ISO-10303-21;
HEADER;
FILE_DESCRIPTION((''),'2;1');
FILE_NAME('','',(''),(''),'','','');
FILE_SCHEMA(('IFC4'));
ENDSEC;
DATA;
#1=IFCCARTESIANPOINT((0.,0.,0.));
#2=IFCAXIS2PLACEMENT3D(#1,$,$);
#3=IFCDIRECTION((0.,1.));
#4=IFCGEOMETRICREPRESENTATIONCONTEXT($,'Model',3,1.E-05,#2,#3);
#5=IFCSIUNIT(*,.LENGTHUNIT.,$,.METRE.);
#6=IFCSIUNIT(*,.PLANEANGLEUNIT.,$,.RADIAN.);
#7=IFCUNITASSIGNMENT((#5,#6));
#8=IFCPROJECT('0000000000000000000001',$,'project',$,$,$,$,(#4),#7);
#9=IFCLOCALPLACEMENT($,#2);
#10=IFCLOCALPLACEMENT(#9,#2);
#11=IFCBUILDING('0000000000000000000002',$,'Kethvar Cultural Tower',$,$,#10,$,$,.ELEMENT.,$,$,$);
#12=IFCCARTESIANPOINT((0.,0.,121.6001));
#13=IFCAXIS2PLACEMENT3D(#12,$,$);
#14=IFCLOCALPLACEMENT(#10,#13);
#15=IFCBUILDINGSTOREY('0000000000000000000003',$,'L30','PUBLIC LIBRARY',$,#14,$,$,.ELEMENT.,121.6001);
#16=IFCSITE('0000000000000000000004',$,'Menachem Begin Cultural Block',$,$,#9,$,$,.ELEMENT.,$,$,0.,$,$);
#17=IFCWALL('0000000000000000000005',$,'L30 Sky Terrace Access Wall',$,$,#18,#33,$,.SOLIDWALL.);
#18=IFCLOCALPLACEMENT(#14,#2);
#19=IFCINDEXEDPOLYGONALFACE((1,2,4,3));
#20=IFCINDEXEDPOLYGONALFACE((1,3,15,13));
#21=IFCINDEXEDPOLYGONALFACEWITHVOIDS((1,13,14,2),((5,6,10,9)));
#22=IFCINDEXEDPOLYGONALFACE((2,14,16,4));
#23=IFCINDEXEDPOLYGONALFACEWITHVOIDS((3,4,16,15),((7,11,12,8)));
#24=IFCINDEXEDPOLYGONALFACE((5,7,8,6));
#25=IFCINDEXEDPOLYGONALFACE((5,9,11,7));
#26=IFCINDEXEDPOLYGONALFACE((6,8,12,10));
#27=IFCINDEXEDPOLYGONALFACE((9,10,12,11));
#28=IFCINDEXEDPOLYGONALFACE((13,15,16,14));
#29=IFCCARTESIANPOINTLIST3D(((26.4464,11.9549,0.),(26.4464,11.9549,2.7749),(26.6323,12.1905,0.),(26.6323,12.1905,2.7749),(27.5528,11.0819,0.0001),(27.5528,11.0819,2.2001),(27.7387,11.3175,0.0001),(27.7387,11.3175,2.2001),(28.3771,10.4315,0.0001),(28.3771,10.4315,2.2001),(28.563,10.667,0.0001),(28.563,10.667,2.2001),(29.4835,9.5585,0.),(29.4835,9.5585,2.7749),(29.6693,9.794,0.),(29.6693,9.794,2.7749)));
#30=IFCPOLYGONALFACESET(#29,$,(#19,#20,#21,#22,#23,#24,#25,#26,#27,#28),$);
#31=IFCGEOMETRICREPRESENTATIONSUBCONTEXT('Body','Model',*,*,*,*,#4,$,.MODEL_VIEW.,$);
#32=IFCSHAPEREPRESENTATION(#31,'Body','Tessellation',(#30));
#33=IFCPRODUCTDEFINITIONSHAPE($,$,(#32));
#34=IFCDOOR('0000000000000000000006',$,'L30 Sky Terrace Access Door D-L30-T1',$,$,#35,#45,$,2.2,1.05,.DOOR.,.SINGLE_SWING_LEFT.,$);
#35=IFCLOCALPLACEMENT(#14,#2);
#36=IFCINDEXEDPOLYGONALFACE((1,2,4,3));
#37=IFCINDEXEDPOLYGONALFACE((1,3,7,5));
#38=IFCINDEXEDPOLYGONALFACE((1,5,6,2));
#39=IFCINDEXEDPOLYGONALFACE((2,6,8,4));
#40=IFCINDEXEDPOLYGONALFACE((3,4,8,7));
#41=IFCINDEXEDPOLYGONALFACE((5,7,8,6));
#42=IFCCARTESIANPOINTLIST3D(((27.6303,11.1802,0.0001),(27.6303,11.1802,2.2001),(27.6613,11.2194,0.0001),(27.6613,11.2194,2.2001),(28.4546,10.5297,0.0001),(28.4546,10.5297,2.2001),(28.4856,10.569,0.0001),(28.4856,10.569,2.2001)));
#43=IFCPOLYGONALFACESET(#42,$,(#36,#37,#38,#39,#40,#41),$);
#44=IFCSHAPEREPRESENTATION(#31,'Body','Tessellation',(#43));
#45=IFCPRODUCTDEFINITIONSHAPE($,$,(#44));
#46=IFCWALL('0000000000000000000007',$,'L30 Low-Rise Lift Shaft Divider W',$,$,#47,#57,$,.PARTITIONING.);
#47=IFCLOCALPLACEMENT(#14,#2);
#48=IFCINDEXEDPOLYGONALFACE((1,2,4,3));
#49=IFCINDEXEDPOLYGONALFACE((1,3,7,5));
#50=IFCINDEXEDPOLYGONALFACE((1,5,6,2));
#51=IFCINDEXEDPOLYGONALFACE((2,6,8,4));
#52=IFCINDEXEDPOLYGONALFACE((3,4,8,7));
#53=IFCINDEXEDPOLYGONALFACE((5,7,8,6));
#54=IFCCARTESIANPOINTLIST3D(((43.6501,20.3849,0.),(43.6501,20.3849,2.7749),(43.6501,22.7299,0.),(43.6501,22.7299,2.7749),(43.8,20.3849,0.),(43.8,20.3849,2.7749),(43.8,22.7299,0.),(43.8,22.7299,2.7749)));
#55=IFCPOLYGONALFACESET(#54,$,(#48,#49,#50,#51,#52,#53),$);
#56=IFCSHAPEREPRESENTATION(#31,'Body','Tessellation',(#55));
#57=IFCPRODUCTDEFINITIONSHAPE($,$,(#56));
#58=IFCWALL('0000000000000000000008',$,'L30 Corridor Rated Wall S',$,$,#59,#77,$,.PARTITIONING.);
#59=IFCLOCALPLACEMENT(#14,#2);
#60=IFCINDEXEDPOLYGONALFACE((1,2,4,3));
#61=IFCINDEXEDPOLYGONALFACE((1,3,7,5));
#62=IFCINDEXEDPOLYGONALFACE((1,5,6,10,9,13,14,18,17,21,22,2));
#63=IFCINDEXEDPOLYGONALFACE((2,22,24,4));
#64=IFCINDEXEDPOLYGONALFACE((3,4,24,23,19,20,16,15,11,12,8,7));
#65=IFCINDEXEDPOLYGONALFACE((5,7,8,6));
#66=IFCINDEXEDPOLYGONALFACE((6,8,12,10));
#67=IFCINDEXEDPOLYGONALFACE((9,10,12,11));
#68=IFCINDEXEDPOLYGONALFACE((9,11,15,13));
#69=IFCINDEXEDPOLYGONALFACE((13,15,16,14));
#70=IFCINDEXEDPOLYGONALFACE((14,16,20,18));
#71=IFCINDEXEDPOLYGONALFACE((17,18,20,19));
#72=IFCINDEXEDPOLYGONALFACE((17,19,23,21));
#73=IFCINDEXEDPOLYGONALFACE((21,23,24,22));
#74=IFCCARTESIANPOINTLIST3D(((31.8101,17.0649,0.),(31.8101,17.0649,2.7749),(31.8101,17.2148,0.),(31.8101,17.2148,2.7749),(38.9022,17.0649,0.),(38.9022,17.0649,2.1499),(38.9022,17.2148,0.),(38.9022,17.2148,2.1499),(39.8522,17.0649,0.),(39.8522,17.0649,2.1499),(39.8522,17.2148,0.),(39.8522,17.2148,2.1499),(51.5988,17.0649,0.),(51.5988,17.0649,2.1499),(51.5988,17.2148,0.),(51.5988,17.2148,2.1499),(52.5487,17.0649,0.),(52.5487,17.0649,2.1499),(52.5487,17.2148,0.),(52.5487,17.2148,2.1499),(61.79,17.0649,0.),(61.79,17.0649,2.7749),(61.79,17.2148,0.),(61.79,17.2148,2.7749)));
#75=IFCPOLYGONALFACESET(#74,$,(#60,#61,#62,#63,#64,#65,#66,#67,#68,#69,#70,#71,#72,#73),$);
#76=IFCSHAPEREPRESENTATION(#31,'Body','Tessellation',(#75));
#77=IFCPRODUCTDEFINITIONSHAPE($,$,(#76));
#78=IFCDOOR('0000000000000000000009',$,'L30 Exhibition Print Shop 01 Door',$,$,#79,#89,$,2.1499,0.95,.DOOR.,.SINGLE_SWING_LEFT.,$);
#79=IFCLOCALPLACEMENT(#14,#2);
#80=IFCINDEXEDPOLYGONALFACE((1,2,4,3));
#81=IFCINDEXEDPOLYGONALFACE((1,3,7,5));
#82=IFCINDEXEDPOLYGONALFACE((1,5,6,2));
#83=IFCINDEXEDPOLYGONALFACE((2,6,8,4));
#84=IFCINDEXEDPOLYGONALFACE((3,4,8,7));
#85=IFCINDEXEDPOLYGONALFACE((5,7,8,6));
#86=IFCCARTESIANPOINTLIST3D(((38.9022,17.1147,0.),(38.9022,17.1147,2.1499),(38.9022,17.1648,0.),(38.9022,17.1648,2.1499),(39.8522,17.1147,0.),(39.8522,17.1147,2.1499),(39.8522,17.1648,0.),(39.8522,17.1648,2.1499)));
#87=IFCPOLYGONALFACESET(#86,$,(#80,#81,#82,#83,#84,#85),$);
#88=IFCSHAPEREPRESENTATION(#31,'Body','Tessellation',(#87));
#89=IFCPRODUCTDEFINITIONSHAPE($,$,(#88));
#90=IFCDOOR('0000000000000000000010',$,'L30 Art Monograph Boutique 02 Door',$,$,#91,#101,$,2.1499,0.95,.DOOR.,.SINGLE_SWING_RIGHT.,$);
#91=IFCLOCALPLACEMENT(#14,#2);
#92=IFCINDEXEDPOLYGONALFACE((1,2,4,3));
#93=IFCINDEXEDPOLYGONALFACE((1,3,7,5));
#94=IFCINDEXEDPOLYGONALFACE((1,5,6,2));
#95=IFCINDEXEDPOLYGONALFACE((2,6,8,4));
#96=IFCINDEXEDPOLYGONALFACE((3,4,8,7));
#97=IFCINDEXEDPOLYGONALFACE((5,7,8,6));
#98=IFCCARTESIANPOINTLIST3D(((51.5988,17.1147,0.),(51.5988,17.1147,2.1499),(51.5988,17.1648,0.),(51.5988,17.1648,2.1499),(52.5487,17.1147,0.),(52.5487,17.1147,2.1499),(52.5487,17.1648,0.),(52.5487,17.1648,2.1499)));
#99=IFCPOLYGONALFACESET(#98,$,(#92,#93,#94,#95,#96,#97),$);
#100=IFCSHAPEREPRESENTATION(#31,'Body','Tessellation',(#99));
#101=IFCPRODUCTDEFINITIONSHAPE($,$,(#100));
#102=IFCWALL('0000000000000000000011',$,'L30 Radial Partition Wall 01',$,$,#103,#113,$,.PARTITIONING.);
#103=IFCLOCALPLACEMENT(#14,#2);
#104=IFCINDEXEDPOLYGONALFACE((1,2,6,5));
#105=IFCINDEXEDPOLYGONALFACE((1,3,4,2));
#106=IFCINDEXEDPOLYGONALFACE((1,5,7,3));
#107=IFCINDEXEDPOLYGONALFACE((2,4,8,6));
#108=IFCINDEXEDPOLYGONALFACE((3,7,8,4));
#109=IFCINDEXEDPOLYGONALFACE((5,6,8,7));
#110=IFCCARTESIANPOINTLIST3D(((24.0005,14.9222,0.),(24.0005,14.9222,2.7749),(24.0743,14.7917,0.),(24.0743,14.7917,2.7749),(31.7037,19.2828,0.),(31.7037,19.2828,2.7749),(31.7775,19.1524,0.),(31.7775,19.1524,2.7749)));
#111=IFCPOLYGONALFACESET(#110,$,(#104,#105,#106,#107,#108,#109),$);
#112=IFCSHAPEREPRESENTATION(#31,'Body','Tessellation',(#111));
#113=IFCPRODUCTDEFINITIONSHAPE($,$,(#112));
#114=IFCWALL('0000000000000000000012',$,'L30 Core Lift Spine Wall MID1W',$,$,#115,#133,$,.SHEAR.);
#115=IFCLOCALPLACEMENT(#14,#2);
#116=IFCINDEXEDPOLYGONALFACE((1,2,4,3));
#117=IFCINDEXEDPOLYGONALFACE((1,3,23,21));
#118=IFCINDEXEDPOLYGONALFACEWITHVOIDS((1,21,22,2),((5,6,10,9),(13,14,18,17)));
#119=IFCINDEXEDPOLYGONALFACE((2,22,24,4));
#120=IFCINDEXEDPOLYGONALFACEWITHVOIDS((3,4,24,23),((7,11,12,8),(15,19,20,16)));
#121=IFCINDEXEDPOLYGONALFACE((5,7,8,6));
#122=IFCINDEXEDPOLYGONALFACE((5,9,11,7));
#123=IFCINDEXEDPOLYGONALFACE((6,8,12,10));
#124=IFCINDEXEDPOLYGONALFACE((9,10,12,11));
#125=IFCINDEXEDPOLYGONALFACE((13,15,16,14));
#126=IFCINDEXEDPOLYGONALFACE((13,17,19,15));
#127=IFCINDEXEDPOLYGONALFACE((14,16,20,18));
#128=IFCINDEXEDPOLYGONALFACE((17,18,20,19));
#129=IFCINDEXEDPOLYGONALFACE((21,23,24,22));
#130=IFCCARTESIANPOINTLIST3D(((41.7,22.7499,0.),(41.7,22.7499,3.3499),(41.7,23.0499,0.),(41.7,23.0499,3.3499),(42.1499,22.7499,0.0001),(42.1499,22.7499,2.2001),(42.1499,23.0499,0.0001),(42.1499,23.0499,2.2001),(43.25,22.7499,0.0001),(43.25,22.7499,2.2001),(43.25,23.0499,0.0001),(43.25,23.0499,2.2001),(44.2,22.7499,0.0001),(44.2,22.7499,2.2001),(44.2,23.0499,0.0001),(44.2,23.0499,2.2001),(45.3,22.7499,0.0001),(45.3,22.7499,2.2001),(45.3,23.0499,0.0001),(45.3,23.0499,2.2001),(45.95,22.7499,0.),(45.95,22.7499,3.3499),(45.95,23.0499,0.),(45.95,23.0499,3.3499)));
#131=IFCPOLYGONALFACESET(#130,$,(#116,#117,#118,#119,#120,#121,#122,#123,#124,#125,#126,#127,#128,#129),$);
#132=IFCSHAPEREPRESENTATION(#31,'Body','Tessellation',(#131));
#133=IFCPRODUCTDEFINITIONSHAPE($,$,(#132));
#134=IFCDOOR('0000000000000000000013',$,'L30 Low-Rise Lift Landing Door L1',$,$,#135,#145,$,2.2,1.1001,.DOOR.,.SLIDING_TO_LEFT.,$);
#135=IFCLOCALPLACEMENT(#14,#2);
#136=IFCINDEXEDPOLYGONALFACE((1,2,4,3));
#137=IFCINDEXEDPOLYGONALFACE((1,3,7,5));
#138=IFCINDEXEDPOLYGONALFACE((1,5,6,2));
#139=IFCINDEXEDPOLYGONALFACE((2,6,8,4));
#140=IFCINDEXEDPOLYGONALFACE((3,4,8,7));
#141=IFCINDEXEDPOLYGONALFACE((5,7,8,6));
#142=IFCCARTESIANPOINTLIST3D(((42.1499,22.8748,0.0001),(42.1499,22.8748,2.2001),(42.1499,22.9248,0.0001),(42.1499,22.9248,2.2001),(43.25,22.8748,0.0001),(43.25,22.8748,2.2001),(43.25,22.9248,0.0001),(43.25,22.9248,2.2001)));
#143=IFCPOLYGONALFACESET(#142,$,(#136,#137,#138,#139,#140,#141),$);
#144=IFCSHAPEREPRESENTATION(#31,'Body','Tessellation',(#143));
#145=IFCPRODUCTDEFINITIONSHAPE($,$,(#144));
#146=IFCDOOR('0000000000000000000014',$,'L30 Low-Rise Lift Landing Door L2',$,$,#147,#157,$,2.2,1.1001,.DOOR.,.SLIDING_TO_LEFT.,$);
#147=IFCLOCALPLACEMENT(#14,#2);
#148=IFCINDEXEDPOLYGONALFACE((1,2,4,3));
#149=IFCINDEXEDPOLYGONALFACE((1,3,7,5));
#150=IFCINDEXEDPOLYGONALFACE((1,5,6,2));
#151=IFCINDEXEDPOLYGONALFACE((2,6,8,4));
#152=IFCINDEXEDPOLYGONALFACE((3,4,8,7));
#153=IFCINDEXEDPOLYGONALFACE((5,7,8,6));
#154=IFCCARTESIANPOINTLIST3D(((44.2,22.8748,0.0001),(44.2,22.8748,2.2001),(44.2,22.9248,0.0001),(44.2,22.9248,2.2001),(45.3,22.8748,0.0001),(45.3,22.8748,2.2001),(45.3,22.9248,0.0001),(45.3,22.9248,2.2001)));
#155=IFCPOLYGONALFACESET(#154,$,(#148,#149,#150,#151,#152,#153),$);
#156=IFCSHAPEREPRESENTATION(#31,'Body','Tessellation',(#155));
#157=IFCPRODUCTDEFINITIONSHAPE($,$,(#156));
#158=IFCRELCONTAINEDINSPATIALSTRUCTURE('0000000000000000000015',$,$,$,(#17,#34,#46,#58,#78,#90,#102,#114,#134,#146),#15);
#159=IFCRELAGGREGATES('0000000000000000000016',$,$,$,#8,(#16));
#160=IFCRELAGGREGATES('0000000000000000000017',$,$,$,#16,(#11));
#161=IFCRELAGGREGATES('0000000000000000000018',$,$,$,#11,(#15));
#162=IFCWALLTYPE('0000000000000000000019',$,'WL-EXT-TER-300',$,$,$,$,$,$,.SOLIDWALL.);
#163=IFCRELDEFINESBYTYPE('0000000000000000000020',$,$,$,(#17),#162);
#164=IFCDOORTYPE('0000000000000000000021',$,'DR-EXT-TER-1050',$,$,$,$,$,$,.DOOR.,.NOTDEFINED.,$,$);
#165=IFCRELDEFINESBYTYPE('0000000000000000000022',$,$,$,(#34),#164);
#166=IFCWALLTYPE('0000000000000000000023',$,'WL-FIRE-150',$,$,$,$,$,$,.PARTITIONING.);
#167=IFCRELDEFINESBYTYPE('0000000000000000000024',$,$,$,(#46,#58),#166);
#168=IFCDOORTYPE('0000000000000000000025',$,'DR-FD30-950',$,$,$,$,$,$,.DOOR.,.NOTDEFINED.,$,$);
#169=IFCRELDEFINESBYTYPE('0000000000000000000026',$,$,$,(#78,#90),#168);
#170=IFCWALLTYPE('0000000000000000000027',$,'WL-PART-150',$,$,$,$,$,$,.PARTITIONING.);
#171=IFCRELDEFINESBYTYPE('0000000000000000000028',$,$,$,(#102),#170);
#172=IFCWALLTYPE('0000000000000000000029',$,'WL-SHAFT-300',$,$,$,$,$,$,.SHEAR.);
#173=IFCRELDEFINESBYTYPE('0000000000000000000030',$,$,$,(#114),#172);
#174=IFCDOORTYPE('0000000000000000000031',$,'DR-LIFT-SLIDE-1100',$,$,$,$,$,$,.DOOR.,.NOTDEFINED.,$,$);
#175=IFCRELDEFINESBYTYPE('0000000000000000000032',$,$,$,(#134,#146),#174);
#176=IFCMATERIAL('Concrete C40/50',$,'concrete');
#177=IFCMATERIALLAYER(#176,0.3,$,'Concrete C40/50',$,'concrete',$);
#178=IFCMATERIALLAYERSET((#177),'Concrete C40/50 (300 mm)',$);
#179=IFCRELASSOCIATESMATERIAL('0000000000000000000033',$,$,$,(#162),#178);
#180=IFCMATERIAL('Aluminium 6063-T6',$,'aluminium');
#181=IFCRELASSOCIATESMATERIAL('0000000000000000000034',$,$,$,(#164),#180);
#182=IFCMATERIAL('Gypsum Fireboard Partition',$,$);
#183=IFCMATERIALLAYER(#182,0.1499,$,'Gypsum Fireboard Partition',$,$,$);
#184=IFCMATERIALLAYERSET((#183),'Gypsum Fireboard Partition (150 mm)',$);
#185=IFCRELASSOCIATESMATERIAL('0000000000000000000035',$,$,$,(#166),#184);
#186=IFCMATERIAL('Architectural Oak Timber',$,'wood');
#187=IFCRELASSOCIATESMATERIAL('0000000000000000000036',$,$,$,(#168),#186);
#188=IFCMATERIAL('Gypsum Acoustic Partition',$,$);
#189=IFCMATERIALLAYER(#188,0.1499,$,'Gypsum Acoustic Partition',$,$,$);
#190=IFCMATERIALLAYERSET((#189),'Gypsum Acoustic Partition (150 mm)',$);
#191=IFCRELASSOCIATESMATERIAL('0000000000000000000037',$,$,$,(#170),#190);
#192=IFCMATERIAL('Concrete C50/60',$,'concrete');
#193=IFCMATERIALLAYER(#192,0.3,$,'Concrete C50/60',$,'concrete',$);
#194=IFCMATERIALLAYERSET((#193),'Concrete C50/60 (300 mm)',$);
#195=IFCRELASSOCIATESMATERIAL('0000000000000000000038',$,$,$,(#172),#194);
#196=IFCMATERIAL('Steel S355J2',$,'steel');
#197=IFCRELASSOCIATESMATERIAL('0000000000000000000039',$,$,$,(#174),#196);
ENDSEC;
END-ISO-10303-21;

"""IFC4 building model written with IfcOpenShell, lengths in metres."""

from ifc_helpers import new_model, si_unit, direction, frame, frame_2d, origin, place, context, subcontext, project, spatial, rectangle, extrude, source, transform, mapped, material, layer, layer_set, type_object, element, fill, save


model = new_model("IFC4")

# Units and contexts
model_context = context("Model", 3, precision=1e-05, world=origin(), true_north=direction((0.0, 1.0)))
body_context = subcontext(model_context, "Body", "Model", "MODEL_VIEW")
ifc_project = project(units=[si_unit("LENGTHUNIT", "METRE"), si_unit("PLANEANGLEUNIT", "RADIAN")], contexts=[model_context])

# Site, building, storey
site_placement = place(None, origin())
site = spatial("IfcSite", under=ifc_project, at=site_placement, Name="Menachem Begin Cultural Block", CompositionType="ELEMENT", RefElevation=0.0)
building_placement = place(site_placement, origin())
building = spatial("IfcBuilding", under=site, at=building_placement, Name="Kethvar Cultural Tower", CompositionType="ELEMENT")
storey_placement = place(building_placement, frame((0.0, 0.0, 121.6001)))
storey = spatial("IfcBuildingStorey", under=building, at=storey_placement, Name="L30", Description="PUBLIC LIBRARY", CompositionType="ELEMENT", Elevation=121.6001)

# Shared definitions
ifc_material_1 = material(Name="Steel S355J2", Category="steel")

# Shared definitions
ifc_material_2 = material(Name="Aluminium 6063-T6", Category="aluminium")

# Wall, opening, door
ifc_material_3 = material(Name="Concrete C40/50", Category="concrete")
ifc_layer_1 = layer(ifc_material_3, 0.3, Name="Concrete C40/50", Category="concrete")
ifc_layer_set_1 = layer_set([ifc_layer_1], Name="Concrete C40/50 (300 mm)")
wall_type_1 = type_object("IfcWallType", Name="WL-EXT-TER-300", PredefinedType="SOLIDWALL", material=ifc_layer_set_1)
wall_1_placement = place(storey_placement, frame((29.5764, 9.6763, 0.0), z_axis=(0.0, 0.0, 1.0), x_axis=(-0.785038, 0.619448, 0.0)))
wall_1 = element("IfcWall", 1, at=wall_1_placement, inside=storey, type_object=wall_type_1, Name="L30 Sky Terrace Access Wall", PredefinedType="SOLIDWALL", context=body_context, shape_type="SweptSolid", body=[
    extrude(rectangle(XDim=3.8687, YDim=0.3, at=frame_2d((1.9343, 0.0))), origin(), (0.0, 0.0, 1.0), 2.7749),
])
opening_1_placement = place(wall_1_placement, frame((1.4094, 0.0, 0.0)))
opening_1 = element("IfcOpeningElement", 2, at=opening_1_placement, cuts=wall_1, PredefinedType="OPENING", context=body_context, shape_type="SweptSolid", body=[
    extrude(rectangle(XDim=1.05, YDim=2.2, at=frame_2d((0.5249, 1.1001))), frame((0.0, 0.1599, 0.0), z_axis=(0.0, -1.0, 0.0), x_axis=(1.0, 0.0, 0.0)), (0.0, 0.0, 1.0), 0.3201),
])
door_type_1 = type_object("IfcDoorType", Name="DR-EXT-TER-1050", OperationType="NOTDEFINED", PredefinedType="DOOR", material=ifc_material_2)
shared_shape_1 = source(origin(), body_context, "Body", "SweptSolid", [
    extrude(rectangle(XDim=1.05, YDim=2.2, at=frame_2d((0.5249, 1.1001))), frame((0.0, 0.0249, 0.0), z_axis=(0.0, -1.0, 0.0), x_axis=(1.0, 0.0, 0.0)), (0.0, 0.0, 1.0), 0.05),
])
door_1_placement = place(opening_1_placement, origin())
door_1 = element("IfcDoor", 3, at=door_1_placement, inside=storey, type_object=door_type_1, Name="L30 Sky Terrace Access Door D-L30-T1", OperationType="SINGLE_SWING_LEFT", OverallHeight=2.2, OverallWidth=1.05, PredefinedType="DOOR", context=body_context, shape_type="MappedRepresentation", body=[
    mapped(shared_shape_1, transform((0.0, 0.0, 0.0), scale=1.0)),
])
fill(opening_1, door_1)

# Wall
ifc_material_4 = material(Name="Gypsum Fireboard Partition")
ifc_layer_2 = layer(ifc_material_4, 0.1499, Name="Gypsum Fireboard Partition")
ifc_layer_set_2 = layer_set([ifc_layer_2], Name="Gypsum Fireboard Partition (150 mm)")
wall_type_2 = type_object("IfcWallType", Name="WL-FIRE-150", PredefinedType="PARTITIONING", material=ifc_layer_set_2)
wall_2_placement = place(storey_placement, frame((43.7251, 20.385, 0.0), z_axis=(0.0, 0.0, 1.0), x_axis=(0.0, 1.0, 0.0)))
element("IfcWall", 4, at=wall_2_placement, inside=storey, type_object=wall_type_2, Name="L30 Low-Rise Lift Shaft Divider W", PredefinedType="PARTITIONING", context=body_context, shape_type="SweptSolid", body=[
    extrude(rectangle(XDim=2.345, YDim=0.1499, at=frame_2d((1.1724, 0.0))), origin(), (0.0, 0.0, 1.0), 2.7749),
])

# Wall, openings, doors
wall_3_placement = place(storey_placement, frame((31.8101, 17.1399, 0.0), z_axis=(0.0, 0.0, 1.0), x_axis=(1.0, 0.0, 0.0)))
wall_3 = element("IfcWall", 5, at=wall_3_placement, inside=storey, type_object=wall_type_2, Name="L30 Corridor Rated Wall S", PredefinedType="PARTITIONING", context=body_context, shape_type="SweptSolid", body=[
    extrude(rectangle(XDim=29.98, YDim=0.1499, at=frame_2d((14.99, 0.0))), origin(), (0.0, 0.0, 1.0), 2.7749),
])
opening_2_placement = place(wall_3_placement, frame((7.092, 0.0, 0.0)))
opening_2 = element("IfcOpeningElement", 6, at=opening_2_placement, cuts=wall_3, PredefinedType="OPENING", context=body_context, shape_type="SweptSolid", body=[
    extrude(rectangle(XDim=0.95, YDim=2.1499, at=frame_2d((0.4751, 1.075))), frame((0.0, 0.085, 0.0), z_axis=(0.0, -1.0, 0.0), x_axis=(1.0, 0.0, 0.0)), (0.0, 0.0, 1.0), 0.1699),
])
opening_3_placement = place(wall_3_placement, frame((19.7886, 0.0, 0.0)))
opening_3 = element("IfcOpeningElement", 7, at=opening_3_placement, cuts=wall_3, PredefinedType="OPENING", context=body_context, shape_type="SweptSolid", body=[
    extrude(rectangle(XDim=0.95, YDim=2.1499, at=frame_2d((0.4751, 1.075))), frame((0.0, 0.085, 0.0), z_axis=(0.0, -1.0, 0.0), x_axis=(1.0, 0.0, 0.0)), (0.0, 0.0, 1.0), 0.1699),
])
ifc_material_5 = material(Name="Architectural Oak Timber", Category="wood")
door_type_2 = type_object("IfcDoorType", Name="DR-FD30-950", OperationType="NOTDEFINED", PredefinedType="DOOR", material=ifc_material_5)
shared_shape_2 = source(origin(), body_context, "Body", "SweptSolid", [
    extrude(rectangle(XDim=0.95, YDim=2.1499, at=frame_2d((0.4751, 1.075))), frame((0.0, 0.0249, 0.0), z_axis=(0.0, -1.0, 0.0), x_axis=(1.0, 0.0, 0.0)), (0.0, 0.0, 1.0), 0.05),
])
door_2_placement = place(opening_2_placement, origin())
door_2 = element("IfcDoor", 8, at=door_2_placement, inside=storey, type_object=door_type_2, Name="L30 Exhibition Print Shop 01 Door", OperationType="SINGLE_SWING_LEFT", OverallHeight=2.1499, OverallWidth=0.95, PredefinedType="DOOR", context=body_context, shape_type="MappedRepresentation", body=[
    mapped(shared_shape_2, transform((0.0, 0.0, 0.0), scale=1.0)),
])
fill(opening_2, door_2)
door_3_placement = place(opening_3_placement, origin())
door_3 = element("IfcDoor", 9, at=door_3_placement, inside=storey, type_object=door_type_2, Name="L30 Art Monograph Boutique 02 Door", OperationType="SINGLE_SWING_RIGHT", OverallHeight=2.1499, OverallWidth=0.95, PredefinedType="DOOR", context=body_context, shape_type="MappedRepresentation", body=[
    mapped(shared_shape_2, transform((0.0, 0.0, 0.0), scale=1.0)),
])
fill(opening_3, door_3)

# Wall
ifc_material_6 = material(Name="Gypsum Acoustic Partition")
ifc_layer_3 = layer(ifc_material_6, 0.1499, Name="Gypsum Acoustic Partition")
ifc_layer_set_3 = layer_set([ifc_layer_3], Name="Gypsum Acoustic Partition (150 mm)")
wall_type_3 = type_object("IfcWallType", Name="WL-PART-150", PredefinedType="PARTITIONING", material=ifc_layer_set_3)
wall_4_placement = place(storey_placement, frame((31.7405, 19.2175, 0.0), z_axis=(0.0, 0.0, 1.0), x_axis=(-0.870241, -0.492627, 0.0)))
element("IfcWall", 10, at=wall_4_placement, inside=storey, type_object=wall_type_3, Name="L30 Radial Partition Wall 01", PredefinedType="PARTITIONING", context=body_context, shape_type="SweptSolid", body=[
    extrude(rectangle(XDim=8.8518, YDim=0.1499, at=frame_2d((4.4258, 0.0))), origin(), (0.0, 0.0, 1.0), 2.7749),
])

# Wall, openings, doors
ifc_material_7 = material(Name="Concrete C50/60", Category="concrete")
ifc_layer_4 = layer(ifc_material_7, 0.3, Name="Concrete C50/60", Category="concrete")
ifc_layer_set_4 = layer_set([ifc_layer_4], Name="Concrete C50/60 (300 mm)")
wall_type_4 = type_object("IfcWallType", Name="WL-SHAFT-300", PredefinedType="SHEAR", material=ifc_layer_set_4)
wall_5_placement = place(storey_placement, frame((41.7, 22.8999, 0.0), z_axis=(0.0, 0.0, 1.0), x_axis=(1.0, 0.0, 0.0)))
wall_5 = element("IfcWall", 11, at=wall_5_placement, inside=storey, type_object=wall_type_4, Name="L30 Core Lift Spine Wall MID1W", PredefinedType="SHEAR", context=body_context, shape_type="SweptSolid", body=[
    extrude(rectangle(XDim=4.25, YDim=0.3, at=frame_2d((2.125, 0.0))), origin(), (0.0, 0.0, 1.0), 3.3499),
])
opening_4_placement = place(wall_5_placement, frame((0.45, 0.0, 0.0)))
opening_4 = element("IfcOpeningElement", 12, at=opening_4_placement, cuts=wall_5, PredefinedType="OPENING", context=body_context, shape_type="SweptSolid", body=[
    extrude(rectangle(XDim=1.1001, YDim=2.2, at=frame_2d((0.55, 1.1001))), frame((0.0, 0.1599, 0.0), z_axis=(0.0, -1.0, 0.0), x_axis=(1.0, 0.0, 0.0)), (0.0, 0.0, 1.0), 0.3201),
])
opening_5_placement = place(wall_5_placement, frame((2.5, 0.0, 0.0)))
opening_5 = element("IfcOpeningElement", 13, at=opening_5_placement, cuts=wall_5, PredefinedType="OPENING", context=body_context, shape_type="SweptSolid", body=[
    extrude(rectangle(XDim=1.1001, YDim=2.2, at=frame_2d((0.55, 1.1001))), frame((0.0, 0.1599, 0.0), z_axis=(0.0, -1.0, 0.0), x_axis=(1.0, 0.0, 0.0)), (0.0, 0.0, 1.0), 0.3201),
])
door_type_3 = type_object("IfcDoorType", Name="DR-LIFT-SLIDE-1100", OperationType="NOTDEFINED", PredefinedType="DOOR", material=ifc_material_1)
shared_shape_3 = source(origin(), body_context, "Body", "SweptSolid", [
    extrude(rectangle(XDim=1.1001, YDim=2.2, at=frame_2d((0.55, 1.1001))), frame((0.0, 0.0249, 0.0), z_axis=(0.0, -1.0, 0.0), x_axis=(1.0, 0.0, 0.0)), (0.0, 0.0, 1.0), 0.05),
])
door_4_placement = place(opening_4_placement, origin())
door_4 = element("IfcDoor", 14, at=door_4_placement, inside=storey, type_object=door_type_3, Name="L30 Low-Rise Lift Landing Door L1", OperationType="SLIDING_TO_LEFT", OverallHeight=2.2, OverallWidth=1.1001, PredefinedType="DOOR", context=body_context, shape_type="MappedRepresentation", body=[
    mapped(shared_shape_3, transform((0.0, 0.0, 0.0), scale=1.0)),
])
fill(opening_4, door_4)
door_5_placement = place(opening_5_placement, origin())
door_5 = element("IfcDoor", 15, at=door_5_placement, inside=storey, type_object=door_type_3, Name="L30 Low-Rise Lift Landing Door L2", OperationType="SLIDING_TO_LEFT", OverallHeight=2.2, OverallWidth=1.1001, PredefinedType="DOOR", context=body_context, shape_type="MappedRepresentation", body=[
    mapped(shared_shape_3, transform((0.0, 0.0, 0.0), scale=1.0)),
])
fill(opening_5, door_5)

save(model, "model.ifc")
